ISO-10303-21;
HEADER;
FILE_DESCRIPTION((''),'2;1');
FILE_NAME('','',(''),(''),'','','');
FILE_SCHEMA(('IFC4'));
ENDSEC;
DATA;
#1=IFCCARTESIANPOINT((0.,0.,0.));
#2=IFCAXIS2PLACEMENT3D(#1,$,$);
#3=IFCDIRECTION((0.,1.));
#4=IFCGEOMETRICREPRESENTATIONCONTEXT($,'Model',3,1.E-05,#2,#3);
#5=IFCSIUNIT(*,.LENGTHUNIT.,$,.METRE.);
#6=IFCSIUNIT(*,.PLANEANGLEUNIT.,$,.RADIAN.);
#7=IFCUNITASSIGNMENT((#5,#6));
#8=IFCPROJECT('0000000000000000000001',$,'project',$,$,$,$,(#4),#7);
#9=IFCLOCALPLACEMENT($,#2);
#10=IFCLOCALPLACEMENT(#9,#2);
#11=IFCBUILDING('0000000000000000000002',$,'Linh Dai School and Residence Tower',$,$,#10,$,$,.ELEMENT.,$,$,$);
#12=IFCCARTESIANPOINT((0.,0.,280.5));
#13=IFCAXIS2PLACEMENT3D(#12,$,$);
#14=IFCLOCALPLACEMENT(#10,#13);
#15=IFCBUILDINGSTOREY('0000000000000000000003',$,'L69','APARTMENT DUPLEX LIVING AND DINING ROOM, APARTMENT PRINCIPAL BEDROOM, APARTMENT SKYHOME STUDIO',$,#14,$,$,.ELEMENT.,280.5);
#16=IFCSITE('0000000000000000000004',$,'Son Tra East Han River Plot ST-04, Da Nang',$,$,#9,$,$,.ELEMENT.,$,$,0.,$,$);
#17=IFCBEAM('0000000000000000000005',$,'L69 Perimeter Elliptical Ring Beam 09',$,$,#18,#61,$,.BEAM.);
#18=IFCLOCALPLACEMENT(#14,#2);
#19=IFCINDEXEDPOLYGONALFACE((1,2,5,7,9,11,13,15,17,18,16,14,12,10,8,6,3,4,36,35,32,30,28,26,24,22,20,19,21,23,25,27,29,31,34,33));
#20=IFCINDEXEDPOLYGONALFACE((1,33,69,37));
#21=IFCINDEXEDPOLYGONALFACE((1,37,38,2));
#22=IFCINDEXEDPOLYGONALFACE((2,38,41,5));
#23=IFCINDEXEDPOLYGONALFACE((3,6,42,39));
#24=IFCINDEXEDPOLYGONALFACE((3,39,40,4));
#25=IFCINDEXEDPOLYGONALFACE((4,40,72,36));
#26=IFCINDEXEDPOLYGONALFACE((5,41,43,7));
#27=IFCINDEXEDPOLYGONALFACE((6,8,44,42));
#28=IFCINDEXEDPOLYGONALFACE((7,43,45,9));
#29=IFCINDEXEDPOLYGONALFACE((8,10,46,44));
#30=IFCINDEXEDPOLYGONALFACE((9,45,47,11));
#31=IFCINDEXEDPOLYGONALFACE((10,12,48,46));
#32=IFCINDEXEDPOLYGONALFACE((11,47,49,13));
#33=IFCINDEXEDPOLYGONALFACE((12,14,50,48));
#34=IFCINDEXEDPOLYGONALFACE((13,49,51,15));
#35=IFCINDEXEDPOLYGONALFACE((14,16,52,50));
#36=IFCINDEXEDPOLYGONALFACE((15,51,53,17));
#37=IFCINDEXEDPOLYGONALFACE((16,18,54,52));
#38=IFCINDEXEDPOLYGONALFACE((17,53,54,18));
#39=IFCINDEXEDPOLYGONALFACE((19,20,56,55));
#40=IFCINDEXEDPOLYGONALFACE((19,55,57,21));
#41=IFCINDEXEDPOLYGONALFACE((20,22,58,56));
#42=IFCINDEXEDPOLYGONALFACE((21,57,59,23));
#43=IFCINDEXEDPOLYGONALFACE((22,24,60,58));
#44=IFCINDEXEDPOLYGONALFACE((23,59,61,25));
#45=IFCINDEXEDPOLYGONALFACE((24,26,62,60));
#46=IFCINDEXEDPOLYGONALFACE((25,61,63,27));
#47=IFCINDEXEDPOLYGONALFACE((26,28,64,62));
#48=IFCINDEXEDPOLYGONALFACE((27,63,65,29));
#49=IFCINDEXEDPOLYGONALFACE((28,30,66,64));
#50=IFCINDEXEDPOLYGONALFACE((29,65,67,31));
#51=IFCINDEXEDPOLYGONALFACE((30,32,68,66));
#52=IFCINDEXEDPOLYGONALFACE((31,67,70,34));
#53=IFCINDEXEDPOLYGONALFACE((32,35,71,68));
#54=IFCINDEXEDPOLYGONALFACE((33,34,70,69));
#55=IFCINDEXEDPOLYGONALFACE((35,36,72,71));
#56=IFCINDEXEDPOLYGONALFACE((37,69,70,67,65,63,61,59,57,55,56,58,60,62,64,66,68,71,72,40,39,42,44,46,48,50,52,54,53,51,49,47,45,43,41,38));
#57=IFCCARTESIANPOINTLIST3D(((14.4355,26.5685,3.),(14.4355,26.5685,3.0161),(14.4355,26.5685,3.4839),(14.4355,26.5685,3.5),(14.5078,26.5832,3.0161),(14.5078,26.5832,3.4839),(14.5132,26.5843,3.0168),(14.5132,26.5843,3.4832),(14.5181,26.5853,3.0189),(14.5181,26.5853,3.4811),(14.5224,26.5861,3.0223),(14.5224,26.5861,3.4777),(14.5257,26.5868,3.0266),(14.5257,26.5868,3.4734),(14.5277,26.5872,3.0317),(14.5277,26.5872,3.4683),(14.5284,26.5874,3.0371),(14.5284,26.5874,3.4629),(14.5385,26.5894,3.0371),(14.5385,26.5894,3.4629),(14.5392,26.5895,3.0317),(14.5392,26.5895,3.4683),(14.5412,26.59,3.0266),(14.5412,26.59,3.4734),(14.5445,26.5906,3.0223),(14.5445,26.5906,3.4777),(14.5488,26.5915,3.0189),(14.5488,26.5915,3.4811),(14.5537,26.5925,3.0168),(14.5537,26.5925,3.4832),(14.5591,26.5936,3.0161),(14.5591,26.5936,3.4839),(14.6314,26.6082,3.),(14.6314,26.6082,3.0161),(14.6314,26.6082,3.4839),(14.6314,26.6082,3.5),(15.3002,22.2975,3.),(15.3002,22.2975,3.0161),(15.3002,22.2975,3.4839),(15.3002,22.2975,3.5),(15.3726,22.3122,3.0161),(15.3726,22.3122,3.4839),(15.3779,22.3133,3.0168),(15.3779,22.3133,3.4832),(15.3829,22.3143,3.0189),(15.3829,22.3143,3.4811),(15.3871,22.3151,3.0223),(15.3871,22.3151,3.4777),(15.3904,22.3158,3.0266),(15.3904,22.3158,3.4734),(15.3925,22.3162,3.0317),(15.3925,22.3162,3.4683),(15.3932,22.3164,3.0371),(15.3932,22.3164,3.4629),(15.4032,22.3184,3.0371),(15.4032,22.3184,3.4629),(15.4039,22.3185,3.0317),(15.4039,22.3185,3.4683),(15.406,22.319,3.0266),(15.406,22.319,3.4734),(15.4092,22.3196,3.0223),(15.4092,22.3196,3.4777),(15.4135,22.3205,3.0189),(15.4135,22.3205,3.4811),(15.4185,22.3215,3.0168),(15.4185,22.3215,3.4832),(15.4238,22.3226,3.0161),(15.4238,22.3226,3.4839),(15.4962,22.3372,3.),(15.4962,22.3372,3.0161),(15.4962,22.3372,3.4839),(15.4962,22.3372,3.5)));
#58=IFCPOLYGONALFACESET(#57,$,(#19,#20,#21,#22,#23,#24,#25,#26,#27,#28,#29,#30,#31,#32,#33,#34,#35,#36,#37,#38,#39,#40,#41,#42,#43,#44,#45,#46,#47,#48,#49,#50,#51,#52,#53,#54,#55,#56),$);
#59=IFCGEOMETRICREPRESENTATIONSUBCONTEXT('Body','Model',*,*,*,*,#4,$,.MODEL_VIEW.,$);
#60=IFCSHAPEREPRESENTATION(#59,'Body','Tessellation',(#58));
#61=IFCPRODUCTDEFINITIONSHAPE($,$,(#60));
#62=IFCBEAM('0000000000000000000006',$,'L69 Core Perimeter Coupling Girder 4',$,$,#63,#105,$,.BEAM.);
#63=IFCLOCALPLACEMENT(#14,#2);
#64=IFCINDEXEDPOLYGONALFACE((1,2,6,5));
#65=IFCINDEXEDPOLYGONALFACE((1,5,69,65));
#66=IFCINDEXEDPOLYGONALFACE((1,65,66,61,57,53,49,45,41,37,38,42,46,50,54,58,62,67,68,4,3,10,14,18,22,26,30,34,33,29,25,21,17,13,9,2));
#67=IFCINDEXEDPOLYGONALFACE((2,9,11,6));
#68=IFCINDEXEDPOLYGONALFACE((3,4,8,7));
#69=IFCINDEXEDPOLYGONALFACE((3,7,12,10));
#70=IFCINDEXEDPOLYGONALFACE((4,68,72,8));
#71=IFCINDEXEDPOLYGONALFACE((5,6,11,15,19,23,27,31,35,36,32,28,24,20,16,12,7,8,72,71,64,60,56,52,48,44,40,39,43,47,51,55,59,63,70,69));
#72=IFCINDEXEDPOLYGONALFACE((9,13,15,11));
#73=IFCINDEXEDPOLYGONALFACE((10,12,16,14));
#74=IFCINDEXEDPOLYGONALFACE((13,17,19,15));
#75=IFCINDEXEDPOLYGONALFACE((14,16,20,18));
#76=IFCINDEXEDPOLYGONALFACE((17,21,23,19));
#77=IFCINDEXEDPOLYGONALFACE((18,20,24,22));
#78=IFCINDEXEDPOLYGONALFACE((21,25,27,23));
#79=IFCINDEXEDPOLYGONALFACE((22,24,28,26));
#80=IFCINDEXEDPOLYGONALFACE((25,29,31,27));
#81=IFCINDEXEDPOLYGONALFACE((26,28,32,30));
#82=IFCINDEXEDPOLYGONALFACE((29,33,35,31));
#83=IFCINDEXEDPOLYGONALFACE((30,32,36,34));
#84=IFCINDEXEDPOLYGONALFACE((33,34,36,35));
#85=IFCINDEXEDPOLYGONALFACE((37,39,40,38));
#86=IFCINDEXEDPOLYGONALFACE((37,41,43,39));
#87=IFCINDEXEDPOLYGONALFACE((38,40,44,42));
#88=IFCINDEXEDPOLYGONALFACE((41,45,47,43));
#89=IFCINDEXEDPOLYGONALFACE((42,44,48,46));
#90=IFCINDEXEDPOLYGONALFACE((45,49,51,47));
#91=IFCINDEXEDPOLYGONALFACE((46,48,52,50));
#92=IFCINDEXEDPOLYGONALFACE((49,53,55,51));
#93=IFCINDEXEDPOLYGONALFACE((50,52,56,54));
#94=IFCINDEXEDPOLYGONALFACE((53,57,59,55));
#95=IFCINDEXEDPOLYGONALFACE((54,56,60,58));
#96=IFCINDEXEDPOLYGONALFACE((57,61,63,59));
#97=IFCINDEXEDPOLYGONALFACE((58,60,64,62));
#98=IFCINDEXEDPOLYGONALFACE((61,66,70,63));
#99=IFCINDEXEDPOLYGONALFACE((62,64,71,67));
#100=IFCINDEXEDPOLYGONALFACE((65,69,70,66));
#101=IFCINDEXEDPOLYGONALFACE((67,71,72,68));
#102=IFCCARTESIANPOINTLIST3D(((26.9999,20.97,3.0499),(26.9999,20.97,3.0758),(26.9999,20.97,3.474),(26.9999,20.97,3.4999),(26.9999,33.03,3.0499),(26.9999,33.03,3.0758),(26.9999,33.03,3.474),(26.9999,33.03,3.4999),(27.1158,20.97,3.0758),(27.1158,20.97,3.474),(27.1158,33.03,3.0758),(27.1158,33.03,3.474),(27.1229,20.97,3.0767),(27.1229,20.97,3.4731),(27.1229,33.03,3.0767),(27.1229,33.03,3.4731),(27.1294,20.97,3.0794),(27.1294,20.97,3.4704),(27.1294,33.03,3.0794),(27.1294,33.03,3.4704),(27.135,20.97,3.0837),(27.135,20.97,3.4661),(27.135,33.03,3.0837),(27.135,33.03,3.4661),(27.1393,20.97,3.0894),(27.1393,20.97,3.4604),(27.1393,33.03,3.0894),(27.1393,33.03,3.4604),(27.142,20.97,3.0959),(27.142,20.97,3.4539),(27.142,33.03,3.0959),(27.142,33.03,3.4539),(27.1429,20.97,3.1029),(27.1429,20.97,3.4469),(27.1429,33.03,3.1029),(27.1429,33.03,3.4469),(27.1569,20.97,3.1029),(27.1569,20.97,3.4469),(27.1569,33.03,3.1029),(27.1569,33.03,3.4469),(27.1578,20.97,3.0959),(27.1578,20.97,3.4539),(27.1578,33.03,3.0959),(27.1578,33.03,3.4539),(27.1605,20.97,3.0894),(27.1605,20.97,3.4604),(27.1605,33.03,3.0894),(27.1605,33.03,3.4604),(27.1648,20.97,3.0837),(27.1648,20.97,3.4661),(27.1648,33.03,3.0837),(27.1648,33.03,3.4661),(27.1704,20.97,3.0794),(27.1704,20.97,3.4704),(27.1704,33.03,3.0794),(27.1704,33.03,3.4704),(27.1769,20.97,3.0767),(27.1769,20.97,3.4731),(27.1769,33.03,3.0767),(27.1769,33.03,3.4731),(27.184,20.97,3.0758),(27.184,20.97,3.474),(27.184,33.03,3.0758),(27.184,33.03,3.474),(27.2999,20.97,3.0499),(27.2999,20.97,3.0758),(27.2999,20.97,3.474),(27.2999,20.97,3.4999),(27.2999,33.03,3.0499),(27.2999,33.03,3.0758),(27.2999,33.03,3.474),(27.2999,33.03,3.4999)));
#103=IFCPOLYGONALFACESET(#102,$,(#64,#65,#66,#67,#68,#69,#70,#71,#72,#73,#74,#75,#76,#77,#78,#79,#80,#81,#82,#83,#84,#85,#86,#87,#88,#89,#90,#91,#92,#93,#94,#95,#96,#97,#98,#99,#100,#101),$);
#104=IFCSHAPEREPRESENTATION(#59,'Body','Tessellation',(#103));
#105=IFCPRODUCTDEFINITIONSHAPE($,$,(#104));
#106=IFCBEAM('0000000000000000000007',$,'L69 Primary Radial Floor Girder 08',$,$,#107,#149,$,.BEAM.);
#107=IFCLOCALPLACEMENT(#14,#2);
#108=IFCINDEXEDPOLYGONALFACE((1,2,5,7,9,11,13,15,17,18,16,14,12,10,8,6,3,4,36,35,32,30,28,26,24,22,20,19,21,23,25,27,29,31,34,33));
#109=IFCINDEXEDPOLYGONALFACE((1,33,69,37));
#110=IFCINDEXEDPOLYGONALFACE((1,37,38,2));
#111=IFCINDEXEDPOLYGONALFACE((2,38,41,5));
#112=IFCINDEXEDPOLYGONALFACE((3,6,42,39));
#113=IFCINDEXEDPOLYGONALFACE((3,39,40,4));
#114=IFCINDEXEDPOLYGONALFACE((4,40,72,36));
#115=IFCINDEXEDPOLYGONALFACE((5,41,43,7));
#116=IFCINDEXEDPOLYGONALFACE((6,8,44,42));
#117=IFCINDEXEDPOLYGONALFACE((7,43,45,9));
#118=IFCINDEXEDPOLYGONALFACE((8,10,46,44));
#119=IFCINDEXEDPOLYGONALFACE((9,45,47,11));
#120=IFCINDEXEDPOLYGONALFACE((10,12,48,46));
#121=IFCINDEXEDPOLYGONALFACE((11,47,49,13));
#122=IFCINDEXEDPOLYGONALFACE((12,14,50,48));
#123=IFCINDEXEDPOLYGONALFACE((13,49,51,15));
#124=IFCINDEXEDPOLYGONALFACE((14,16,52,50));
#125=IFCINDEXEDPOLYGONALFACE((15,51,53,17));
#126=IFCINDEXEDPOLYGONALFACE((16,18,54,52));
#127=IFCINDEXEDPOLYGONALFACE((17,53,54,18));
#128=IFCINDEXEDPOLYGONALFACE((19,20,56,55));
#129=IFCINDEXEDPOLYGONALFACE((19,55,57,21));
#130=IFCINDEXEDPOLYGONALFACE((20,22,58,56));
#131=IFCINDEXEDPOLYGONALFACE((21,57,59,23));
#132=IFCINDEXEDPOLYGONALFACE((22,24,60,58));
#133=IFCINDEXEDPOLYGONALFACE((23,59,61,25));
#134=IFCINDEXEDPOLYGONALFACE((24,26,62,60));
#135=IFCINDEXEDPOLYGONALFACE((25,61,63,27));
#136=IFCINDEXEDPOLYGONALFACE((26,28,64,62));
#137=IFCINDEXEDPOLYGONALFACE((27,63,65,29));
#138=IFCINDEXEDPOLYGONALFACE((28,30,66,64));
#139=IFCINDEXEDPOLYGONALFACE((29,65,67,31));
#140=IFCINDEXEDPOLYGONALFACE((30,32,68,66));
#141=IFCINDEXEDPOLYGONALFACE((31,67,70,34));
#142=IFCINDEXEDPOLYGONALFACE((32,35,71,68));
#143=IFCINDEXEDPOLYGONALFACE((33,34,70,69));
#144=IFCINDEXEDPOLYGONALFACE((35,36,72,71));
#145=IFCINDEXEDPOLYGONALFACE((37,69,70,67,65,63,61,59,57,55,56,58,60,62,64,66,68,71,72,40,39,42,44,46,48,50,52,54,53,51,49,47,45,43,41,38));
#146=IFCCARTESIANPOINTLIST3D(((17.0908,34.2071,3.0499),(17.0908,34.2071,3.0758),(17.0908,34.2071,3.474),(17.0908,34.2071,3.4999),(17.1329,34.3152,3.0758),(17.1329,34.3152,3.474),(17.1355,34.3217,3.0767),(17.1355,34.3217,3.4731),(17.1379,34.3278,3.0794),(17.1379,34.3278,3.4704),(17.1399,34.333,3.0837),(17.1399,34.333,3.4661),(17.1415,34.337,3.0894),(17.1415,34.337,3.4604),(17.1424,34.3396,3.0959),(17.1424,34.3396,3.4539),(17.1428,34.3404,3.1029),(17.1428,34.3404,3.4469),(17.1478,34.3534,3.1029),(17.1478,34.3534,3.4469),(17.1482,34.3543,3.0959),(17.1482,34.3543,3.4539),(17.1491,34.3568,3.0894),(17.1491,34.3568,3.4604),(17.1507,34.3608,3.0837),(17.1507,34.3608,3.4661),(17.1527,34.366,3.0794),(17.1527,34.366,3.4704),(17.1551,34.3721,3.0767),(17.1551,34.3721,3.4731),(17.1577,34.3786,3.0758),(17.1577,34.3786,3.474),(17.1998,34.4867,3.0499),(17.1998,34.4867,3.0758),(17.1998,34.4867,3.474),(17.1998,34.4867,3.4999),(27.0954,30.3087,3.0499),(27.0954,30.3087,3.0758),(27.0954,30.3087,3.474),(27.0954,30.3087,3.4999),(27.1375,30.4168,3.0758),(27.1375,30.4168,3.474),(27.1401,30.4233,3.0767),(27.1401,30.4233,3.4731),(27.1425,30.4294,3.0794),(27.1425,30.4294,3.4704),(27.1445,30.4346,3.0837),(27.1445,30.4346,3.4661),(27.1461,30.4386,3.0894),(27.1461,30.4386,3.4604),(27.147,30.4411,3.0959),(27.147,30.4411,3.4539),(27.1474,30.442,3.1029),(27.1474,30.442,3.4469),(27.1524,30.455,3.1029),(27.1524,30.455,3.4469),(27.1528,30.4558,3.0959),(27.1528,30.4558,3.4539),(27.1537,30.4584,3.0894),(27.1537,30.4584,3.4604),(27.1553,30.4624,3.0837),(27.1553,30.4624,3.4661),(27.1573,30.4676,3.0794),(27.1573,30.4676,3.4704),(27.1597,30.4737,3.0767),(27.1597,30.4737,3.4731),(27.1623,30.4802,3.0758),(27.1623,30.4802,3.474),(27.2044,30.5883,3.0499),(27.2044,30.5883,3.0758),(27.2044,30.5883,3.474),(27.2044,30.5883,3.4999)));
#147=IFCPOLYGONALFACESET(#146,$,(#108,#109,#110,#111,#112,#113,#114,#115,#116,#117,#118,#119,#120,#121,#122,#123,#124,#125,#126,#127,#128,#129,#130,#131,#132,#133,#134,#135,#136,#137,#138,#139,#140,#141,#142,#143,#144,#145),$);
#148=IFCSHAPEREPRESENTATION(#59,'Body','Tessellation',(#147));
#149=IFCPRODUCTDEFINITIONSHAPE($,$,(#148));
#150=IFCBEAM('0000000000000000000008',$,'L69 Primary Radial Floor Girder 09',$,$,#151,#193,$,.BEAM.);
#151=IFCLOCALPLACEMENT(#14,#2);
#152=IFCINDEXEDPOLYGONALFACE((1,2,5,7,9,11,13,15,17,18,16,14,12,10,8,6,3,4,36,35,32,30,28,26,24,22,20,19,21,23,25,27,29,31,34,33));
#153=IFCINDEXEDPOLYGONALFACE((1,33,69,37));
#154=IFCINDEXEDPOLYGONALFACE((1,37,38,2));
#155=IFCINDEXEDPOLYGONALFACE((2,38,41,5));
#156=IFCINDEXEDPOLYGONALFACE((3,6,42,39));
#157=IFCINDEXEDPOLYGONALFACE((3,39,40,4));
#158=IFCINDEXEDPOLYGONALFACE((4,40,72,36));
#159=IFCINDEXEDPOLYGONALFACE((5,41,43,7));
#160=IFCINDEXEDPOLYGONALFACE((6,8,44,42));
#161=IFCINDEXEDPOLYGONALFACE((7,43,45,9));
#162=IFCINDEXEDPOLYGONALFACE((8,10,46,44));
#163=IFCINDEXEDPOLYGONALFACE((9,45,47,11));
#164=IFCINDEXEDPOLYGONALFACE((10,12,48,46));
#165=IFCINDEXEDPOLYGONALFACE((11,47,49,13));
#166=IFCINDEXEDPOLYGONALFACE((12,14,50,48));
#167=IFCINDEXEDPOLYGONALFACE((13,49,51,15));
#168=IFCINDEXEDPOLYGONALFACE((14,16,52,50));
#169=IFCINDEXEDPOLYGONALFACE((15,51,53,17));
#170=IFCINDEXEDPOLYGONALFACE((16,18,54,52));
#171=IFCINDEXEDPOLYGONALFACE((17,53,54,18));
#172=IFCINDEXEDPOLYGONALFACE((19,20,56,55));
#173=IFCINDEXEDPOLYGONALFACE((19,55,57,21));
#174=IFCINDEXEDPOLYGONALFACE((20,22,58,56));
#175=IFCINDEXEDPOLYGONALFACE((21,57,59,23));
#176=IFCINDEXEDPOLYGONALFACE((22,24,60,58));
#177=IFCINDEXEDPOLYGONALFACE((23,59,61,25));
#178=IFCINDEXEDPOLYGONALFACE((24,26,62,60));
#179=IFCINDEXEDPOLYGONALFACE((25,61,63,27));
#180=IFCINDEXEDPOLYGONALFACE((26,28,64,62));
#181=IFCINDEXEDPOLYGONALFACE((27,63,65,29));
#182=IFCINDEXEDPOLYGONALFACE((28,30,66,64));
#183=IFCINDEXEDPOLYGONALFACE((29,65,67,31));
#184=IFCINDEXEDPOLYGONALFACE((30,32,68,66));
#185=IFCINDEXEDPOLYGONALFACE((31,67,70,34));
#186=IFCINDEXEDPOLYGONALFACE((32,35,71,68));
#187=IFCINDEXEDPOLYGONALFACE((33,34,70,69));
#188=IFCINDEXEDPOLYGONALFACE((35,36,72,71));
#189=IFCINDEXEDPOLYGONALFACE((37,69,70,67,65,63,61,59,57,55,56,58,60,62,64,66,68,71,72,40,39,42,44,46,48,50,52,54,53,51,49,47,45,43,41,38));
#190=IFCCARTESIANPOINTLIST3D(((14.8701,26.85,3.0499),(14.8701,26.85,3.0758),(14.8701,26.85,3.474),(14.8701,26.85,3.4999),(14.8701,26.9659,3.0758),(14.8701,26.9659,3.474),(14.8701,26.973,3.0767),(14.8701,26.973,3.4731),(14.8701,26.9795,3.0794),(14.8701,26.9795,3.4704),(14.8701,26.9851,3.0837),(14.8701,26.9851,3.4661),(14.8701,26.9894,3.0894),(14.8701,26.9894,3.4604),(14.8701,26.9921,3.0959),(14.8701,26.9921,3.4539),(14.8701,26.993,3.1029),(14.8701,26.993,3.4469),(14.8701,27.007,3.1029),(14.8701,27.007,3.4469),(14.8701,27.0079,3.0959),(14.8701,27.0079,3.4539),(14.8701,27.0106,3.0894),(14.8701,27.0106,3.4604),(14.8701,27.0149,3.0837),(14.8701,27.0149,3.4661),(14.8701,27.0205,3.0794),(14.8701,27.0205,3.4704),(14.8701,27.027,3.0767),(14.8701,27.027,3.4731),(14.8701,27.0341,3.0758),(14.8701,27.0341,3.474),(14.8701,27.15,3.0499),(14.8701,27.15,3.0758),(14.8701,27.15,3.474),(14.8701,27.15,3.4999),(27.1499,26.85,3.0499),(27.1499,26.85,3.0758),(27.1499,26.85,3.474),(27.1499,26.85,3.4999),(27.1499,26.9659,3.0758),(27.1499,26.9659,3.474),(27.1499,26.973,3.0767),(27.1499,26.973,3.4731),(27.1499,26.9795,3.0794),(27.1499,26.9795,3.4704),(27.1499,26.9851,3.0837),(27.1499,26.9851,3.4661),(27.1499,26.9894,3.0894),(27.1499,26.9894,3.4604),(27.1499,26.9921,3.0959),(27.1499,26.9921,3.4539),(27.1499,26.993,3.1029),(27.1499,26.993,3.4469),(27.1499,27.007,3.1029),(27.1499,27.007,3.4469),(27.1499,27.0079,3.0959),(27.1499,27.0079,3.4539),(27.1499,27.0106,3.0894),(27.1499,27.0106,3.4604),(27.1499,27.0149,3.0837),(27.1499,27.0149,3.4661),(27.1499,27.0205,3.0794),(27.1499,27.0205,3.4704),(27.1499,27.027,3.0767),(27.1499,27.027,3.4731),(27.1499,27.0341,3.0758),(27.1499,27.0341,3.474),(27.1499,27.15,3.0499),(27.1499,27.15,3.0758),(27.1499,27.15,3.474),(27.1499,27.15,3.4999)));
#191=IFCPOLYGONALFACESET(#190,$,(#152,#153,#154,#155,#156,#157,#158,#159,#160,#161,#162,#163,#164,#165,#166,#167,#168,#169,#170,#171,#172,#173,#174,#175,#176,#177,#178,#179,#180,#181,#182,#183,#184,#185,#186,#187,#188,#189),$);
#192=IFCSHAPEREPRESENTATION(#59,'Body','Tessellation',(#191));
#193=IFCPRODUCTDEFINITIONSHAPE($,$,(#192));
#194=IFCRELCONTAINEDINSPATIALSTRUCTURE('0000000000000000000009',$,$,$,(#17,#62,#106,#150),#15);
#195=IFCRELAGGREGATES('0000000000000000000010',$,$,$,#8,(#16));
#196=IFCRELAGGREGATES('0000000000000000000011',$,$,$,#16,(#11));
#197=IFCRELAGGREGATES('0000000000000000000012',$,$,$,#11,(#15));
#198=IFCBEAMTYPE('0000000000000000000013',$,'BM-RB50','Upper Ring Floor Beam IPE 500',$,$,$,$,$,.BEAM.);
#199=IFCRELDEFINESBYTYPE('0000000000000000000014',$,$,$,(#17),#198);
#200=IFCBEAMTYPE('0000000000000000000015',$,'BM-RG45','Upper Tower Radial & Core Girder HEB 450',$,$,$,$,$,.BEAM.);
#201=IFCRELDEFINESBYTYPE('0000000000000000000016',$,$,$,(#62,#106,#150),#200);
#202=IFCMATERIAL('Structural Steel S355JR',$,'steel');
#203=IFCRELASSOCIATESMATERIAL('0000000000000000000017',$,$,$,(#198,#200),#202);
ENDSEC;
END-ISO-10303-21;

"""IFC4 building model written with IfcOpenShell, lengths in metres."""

from ifc_helpers import new_model, si_unit, direction, frame, origin, origin_2d, place, context, subcontext, project, spatial, i_section, extrude, material, material_profile, profile_set, type_object, element, save


model = new_model("IFC4")

# Units and contexts
model_context = context("Model", 3, precision=1e-05, world=origin(), true_north=direction((0.0, 1.0)))
body_context = subcontext(model_context, "Body", "Model", "MODEL_VIEW")
ifc_project = project(units=[si_unit("LENGTHUNIT", "METRE"), si_unit("PLANEANGLEUNIT", "RADIAN")], contexts=[model_context])

# Site, building, storey
site_placement = place(None, origin())
site = spatial("IfcSite", under=ifc_project, at=site_placement, Name="Son Tra East Han River Plot ST-04, Da Nang", CompositionType="ELEMENT", RefElevation=0.0)
building_placement = place(site_placement, origin())
building = spatial("IfcBuilding", under=site, at=building_placement, Name="Linh Dai School and Residence Tower", CompositionType="ELEMENT")
storey_placement = place(building_placement, frame((0.0, 0.0, 280.5)))
storey = spatial("IfcBuildingStorey", under=building, at=storey_placement, Name="L69", Description="APARTMENT DUPLEX LIVING AND DINING ROOM, APARTMENT PRINCIPAL BEDROOM, APARTMENT SKYHOME STUDIO", CompositionType="ELEMENT", Elevation=280.5)

# Shared definitions
ifc_material_1 = material(Name="Structural Steel S355JR", Category="steel")

# Beams
ifc_material_profile_1 = material_profile(ifc_material_1, i_section(OverallWidth=0.2, OverallDepth=0.5, WebThickness=0.0103, FlangeThickness=0.0161, FilletRadius=0.021, at=origin_2d()), Name="IPE 500")
ifc_profile_set_1 = profile_set([ifc_material_profile_1], Name="Structural Steel S355JR")
beam_type_1 = type_object("IfcBeamType", Name="BM-RB50", Description="Upper Ring Floor Beam IPE 500", PredefinedType="BEAM", material=ifc_profile_set_1)
beam_1_placement = place(storey_placement, frame((14.5334, 26.5884, 3.25), z_axis=(0.198443, -0.980112, 0.0), x_axis=(0.980112, 0.198443, 0.0)))
element("IfcBeam", 1, at=beam_1_placement, inside=storey, type_object=beam_type_1, Name="L69 Perimeter Elliptical Ring Beam 09", PredefinedType="BEAM", context=body_context, shape_type="SweptSolid", body=[
    extrude(i_section(OverallWidth=0.2, OverallDepth=0.5, WebThickness=0.0103, FlangeThickness=0.0161, FilletRadius=0.021, at=origin_2d()), origin(), (0.0, 0.0, 1.0), 4.3577),
])
ifc_material_profile_2 = material_profile(ifc_material_1, i_section(OverallWidth=0.3, OverallDepth=0.45, WebThickness=0.0139, FlangeThickness=0.0259, FilletRadius=0.0271, at=origin_2d()), Name="HEB 450")
ifc_profile_set_2 = profile_set([ifc_material_profile_2], Name="Structural Steel S355JR")
beam_type_2 = type_object("IfcBeamType", Name="BM-RG45", Description="Upper Tower Radial & Core Girder HEB 450", PredefinedType="BEAM", material=ifc_profile_set_2)
beam_2_placement = place(storey_placement, frame((27.1499, 33.03, 3.2749), z_axis=(0.0, -1.0, 0.0), x_axis=(1.0, 0.0, 0.0)))
element("IfcBeam", 2, at=beam_2_placement, inside=storey, type_object=beam_type_2, Name="L69 Core Perimeter Coupling Girder 4", PredefinedType="BEAM", context=body_context, shape_type="SweptSolid", body=[
    extrude(i_section(OverallWidth=0.3, OverallDepth=0.45, WebThickness=0.0139, FlangeThickness=0.0259, FilletRadius=0.0271, at=origin_2d()), origin(), (0.0, 0.0, 1.0), 12.0601),
])
beam_3_placement = place(storey_placement, frame((27.1499, 30.4485, 3.2749), z_axis=(-0.931761, 0.363073, 0.0), x_axis=(-0.363073, -0.931761, 0.0)))
element("IfcBeam", 3, at=beam_3_placement, inside=storey, type_object=beam_type_2, Name="L69 Primary Radial Floor Girder 08", PredefinedType="BEAM", context=body_context, shape_type="SweptSolid", body=[
    extrude(i_section(OverallWidth=0.3, OverallDepth=0.45, WebThickness=0.0139, FlangeThickness=0.0259, FilletRadius=0.0271, at=origin_2d()), origin(), (0.0, 0.0, 1.0), 10.7373),
])
beam_4_placement = place(storey_placement, frame((27.1499, 27.0, 3.2749), z_axis=(-1.0, 0.0, 0.0), x_axis=(0.0, -1.0, 0.0)))
element("IfcBeam", 4, at=beam_4_placement, inside=storey, type_object=beam_type_2, Name="L69 Primary Radial Floor Girder 09", PredefinedType="BEAM", context=body_context, shape_type="SweptSolid", body=[
    extrude(i_section(OverallWidth=0.3, OverallDepth=0.45, WebThickness=0.0139, FlangeThickness=0.0259, FilletRadius=0.0271, at=origin_2d()), origin(), (0.0, 0.0, 1.0), 12.2798),
])

save(model, "model.ifc")
